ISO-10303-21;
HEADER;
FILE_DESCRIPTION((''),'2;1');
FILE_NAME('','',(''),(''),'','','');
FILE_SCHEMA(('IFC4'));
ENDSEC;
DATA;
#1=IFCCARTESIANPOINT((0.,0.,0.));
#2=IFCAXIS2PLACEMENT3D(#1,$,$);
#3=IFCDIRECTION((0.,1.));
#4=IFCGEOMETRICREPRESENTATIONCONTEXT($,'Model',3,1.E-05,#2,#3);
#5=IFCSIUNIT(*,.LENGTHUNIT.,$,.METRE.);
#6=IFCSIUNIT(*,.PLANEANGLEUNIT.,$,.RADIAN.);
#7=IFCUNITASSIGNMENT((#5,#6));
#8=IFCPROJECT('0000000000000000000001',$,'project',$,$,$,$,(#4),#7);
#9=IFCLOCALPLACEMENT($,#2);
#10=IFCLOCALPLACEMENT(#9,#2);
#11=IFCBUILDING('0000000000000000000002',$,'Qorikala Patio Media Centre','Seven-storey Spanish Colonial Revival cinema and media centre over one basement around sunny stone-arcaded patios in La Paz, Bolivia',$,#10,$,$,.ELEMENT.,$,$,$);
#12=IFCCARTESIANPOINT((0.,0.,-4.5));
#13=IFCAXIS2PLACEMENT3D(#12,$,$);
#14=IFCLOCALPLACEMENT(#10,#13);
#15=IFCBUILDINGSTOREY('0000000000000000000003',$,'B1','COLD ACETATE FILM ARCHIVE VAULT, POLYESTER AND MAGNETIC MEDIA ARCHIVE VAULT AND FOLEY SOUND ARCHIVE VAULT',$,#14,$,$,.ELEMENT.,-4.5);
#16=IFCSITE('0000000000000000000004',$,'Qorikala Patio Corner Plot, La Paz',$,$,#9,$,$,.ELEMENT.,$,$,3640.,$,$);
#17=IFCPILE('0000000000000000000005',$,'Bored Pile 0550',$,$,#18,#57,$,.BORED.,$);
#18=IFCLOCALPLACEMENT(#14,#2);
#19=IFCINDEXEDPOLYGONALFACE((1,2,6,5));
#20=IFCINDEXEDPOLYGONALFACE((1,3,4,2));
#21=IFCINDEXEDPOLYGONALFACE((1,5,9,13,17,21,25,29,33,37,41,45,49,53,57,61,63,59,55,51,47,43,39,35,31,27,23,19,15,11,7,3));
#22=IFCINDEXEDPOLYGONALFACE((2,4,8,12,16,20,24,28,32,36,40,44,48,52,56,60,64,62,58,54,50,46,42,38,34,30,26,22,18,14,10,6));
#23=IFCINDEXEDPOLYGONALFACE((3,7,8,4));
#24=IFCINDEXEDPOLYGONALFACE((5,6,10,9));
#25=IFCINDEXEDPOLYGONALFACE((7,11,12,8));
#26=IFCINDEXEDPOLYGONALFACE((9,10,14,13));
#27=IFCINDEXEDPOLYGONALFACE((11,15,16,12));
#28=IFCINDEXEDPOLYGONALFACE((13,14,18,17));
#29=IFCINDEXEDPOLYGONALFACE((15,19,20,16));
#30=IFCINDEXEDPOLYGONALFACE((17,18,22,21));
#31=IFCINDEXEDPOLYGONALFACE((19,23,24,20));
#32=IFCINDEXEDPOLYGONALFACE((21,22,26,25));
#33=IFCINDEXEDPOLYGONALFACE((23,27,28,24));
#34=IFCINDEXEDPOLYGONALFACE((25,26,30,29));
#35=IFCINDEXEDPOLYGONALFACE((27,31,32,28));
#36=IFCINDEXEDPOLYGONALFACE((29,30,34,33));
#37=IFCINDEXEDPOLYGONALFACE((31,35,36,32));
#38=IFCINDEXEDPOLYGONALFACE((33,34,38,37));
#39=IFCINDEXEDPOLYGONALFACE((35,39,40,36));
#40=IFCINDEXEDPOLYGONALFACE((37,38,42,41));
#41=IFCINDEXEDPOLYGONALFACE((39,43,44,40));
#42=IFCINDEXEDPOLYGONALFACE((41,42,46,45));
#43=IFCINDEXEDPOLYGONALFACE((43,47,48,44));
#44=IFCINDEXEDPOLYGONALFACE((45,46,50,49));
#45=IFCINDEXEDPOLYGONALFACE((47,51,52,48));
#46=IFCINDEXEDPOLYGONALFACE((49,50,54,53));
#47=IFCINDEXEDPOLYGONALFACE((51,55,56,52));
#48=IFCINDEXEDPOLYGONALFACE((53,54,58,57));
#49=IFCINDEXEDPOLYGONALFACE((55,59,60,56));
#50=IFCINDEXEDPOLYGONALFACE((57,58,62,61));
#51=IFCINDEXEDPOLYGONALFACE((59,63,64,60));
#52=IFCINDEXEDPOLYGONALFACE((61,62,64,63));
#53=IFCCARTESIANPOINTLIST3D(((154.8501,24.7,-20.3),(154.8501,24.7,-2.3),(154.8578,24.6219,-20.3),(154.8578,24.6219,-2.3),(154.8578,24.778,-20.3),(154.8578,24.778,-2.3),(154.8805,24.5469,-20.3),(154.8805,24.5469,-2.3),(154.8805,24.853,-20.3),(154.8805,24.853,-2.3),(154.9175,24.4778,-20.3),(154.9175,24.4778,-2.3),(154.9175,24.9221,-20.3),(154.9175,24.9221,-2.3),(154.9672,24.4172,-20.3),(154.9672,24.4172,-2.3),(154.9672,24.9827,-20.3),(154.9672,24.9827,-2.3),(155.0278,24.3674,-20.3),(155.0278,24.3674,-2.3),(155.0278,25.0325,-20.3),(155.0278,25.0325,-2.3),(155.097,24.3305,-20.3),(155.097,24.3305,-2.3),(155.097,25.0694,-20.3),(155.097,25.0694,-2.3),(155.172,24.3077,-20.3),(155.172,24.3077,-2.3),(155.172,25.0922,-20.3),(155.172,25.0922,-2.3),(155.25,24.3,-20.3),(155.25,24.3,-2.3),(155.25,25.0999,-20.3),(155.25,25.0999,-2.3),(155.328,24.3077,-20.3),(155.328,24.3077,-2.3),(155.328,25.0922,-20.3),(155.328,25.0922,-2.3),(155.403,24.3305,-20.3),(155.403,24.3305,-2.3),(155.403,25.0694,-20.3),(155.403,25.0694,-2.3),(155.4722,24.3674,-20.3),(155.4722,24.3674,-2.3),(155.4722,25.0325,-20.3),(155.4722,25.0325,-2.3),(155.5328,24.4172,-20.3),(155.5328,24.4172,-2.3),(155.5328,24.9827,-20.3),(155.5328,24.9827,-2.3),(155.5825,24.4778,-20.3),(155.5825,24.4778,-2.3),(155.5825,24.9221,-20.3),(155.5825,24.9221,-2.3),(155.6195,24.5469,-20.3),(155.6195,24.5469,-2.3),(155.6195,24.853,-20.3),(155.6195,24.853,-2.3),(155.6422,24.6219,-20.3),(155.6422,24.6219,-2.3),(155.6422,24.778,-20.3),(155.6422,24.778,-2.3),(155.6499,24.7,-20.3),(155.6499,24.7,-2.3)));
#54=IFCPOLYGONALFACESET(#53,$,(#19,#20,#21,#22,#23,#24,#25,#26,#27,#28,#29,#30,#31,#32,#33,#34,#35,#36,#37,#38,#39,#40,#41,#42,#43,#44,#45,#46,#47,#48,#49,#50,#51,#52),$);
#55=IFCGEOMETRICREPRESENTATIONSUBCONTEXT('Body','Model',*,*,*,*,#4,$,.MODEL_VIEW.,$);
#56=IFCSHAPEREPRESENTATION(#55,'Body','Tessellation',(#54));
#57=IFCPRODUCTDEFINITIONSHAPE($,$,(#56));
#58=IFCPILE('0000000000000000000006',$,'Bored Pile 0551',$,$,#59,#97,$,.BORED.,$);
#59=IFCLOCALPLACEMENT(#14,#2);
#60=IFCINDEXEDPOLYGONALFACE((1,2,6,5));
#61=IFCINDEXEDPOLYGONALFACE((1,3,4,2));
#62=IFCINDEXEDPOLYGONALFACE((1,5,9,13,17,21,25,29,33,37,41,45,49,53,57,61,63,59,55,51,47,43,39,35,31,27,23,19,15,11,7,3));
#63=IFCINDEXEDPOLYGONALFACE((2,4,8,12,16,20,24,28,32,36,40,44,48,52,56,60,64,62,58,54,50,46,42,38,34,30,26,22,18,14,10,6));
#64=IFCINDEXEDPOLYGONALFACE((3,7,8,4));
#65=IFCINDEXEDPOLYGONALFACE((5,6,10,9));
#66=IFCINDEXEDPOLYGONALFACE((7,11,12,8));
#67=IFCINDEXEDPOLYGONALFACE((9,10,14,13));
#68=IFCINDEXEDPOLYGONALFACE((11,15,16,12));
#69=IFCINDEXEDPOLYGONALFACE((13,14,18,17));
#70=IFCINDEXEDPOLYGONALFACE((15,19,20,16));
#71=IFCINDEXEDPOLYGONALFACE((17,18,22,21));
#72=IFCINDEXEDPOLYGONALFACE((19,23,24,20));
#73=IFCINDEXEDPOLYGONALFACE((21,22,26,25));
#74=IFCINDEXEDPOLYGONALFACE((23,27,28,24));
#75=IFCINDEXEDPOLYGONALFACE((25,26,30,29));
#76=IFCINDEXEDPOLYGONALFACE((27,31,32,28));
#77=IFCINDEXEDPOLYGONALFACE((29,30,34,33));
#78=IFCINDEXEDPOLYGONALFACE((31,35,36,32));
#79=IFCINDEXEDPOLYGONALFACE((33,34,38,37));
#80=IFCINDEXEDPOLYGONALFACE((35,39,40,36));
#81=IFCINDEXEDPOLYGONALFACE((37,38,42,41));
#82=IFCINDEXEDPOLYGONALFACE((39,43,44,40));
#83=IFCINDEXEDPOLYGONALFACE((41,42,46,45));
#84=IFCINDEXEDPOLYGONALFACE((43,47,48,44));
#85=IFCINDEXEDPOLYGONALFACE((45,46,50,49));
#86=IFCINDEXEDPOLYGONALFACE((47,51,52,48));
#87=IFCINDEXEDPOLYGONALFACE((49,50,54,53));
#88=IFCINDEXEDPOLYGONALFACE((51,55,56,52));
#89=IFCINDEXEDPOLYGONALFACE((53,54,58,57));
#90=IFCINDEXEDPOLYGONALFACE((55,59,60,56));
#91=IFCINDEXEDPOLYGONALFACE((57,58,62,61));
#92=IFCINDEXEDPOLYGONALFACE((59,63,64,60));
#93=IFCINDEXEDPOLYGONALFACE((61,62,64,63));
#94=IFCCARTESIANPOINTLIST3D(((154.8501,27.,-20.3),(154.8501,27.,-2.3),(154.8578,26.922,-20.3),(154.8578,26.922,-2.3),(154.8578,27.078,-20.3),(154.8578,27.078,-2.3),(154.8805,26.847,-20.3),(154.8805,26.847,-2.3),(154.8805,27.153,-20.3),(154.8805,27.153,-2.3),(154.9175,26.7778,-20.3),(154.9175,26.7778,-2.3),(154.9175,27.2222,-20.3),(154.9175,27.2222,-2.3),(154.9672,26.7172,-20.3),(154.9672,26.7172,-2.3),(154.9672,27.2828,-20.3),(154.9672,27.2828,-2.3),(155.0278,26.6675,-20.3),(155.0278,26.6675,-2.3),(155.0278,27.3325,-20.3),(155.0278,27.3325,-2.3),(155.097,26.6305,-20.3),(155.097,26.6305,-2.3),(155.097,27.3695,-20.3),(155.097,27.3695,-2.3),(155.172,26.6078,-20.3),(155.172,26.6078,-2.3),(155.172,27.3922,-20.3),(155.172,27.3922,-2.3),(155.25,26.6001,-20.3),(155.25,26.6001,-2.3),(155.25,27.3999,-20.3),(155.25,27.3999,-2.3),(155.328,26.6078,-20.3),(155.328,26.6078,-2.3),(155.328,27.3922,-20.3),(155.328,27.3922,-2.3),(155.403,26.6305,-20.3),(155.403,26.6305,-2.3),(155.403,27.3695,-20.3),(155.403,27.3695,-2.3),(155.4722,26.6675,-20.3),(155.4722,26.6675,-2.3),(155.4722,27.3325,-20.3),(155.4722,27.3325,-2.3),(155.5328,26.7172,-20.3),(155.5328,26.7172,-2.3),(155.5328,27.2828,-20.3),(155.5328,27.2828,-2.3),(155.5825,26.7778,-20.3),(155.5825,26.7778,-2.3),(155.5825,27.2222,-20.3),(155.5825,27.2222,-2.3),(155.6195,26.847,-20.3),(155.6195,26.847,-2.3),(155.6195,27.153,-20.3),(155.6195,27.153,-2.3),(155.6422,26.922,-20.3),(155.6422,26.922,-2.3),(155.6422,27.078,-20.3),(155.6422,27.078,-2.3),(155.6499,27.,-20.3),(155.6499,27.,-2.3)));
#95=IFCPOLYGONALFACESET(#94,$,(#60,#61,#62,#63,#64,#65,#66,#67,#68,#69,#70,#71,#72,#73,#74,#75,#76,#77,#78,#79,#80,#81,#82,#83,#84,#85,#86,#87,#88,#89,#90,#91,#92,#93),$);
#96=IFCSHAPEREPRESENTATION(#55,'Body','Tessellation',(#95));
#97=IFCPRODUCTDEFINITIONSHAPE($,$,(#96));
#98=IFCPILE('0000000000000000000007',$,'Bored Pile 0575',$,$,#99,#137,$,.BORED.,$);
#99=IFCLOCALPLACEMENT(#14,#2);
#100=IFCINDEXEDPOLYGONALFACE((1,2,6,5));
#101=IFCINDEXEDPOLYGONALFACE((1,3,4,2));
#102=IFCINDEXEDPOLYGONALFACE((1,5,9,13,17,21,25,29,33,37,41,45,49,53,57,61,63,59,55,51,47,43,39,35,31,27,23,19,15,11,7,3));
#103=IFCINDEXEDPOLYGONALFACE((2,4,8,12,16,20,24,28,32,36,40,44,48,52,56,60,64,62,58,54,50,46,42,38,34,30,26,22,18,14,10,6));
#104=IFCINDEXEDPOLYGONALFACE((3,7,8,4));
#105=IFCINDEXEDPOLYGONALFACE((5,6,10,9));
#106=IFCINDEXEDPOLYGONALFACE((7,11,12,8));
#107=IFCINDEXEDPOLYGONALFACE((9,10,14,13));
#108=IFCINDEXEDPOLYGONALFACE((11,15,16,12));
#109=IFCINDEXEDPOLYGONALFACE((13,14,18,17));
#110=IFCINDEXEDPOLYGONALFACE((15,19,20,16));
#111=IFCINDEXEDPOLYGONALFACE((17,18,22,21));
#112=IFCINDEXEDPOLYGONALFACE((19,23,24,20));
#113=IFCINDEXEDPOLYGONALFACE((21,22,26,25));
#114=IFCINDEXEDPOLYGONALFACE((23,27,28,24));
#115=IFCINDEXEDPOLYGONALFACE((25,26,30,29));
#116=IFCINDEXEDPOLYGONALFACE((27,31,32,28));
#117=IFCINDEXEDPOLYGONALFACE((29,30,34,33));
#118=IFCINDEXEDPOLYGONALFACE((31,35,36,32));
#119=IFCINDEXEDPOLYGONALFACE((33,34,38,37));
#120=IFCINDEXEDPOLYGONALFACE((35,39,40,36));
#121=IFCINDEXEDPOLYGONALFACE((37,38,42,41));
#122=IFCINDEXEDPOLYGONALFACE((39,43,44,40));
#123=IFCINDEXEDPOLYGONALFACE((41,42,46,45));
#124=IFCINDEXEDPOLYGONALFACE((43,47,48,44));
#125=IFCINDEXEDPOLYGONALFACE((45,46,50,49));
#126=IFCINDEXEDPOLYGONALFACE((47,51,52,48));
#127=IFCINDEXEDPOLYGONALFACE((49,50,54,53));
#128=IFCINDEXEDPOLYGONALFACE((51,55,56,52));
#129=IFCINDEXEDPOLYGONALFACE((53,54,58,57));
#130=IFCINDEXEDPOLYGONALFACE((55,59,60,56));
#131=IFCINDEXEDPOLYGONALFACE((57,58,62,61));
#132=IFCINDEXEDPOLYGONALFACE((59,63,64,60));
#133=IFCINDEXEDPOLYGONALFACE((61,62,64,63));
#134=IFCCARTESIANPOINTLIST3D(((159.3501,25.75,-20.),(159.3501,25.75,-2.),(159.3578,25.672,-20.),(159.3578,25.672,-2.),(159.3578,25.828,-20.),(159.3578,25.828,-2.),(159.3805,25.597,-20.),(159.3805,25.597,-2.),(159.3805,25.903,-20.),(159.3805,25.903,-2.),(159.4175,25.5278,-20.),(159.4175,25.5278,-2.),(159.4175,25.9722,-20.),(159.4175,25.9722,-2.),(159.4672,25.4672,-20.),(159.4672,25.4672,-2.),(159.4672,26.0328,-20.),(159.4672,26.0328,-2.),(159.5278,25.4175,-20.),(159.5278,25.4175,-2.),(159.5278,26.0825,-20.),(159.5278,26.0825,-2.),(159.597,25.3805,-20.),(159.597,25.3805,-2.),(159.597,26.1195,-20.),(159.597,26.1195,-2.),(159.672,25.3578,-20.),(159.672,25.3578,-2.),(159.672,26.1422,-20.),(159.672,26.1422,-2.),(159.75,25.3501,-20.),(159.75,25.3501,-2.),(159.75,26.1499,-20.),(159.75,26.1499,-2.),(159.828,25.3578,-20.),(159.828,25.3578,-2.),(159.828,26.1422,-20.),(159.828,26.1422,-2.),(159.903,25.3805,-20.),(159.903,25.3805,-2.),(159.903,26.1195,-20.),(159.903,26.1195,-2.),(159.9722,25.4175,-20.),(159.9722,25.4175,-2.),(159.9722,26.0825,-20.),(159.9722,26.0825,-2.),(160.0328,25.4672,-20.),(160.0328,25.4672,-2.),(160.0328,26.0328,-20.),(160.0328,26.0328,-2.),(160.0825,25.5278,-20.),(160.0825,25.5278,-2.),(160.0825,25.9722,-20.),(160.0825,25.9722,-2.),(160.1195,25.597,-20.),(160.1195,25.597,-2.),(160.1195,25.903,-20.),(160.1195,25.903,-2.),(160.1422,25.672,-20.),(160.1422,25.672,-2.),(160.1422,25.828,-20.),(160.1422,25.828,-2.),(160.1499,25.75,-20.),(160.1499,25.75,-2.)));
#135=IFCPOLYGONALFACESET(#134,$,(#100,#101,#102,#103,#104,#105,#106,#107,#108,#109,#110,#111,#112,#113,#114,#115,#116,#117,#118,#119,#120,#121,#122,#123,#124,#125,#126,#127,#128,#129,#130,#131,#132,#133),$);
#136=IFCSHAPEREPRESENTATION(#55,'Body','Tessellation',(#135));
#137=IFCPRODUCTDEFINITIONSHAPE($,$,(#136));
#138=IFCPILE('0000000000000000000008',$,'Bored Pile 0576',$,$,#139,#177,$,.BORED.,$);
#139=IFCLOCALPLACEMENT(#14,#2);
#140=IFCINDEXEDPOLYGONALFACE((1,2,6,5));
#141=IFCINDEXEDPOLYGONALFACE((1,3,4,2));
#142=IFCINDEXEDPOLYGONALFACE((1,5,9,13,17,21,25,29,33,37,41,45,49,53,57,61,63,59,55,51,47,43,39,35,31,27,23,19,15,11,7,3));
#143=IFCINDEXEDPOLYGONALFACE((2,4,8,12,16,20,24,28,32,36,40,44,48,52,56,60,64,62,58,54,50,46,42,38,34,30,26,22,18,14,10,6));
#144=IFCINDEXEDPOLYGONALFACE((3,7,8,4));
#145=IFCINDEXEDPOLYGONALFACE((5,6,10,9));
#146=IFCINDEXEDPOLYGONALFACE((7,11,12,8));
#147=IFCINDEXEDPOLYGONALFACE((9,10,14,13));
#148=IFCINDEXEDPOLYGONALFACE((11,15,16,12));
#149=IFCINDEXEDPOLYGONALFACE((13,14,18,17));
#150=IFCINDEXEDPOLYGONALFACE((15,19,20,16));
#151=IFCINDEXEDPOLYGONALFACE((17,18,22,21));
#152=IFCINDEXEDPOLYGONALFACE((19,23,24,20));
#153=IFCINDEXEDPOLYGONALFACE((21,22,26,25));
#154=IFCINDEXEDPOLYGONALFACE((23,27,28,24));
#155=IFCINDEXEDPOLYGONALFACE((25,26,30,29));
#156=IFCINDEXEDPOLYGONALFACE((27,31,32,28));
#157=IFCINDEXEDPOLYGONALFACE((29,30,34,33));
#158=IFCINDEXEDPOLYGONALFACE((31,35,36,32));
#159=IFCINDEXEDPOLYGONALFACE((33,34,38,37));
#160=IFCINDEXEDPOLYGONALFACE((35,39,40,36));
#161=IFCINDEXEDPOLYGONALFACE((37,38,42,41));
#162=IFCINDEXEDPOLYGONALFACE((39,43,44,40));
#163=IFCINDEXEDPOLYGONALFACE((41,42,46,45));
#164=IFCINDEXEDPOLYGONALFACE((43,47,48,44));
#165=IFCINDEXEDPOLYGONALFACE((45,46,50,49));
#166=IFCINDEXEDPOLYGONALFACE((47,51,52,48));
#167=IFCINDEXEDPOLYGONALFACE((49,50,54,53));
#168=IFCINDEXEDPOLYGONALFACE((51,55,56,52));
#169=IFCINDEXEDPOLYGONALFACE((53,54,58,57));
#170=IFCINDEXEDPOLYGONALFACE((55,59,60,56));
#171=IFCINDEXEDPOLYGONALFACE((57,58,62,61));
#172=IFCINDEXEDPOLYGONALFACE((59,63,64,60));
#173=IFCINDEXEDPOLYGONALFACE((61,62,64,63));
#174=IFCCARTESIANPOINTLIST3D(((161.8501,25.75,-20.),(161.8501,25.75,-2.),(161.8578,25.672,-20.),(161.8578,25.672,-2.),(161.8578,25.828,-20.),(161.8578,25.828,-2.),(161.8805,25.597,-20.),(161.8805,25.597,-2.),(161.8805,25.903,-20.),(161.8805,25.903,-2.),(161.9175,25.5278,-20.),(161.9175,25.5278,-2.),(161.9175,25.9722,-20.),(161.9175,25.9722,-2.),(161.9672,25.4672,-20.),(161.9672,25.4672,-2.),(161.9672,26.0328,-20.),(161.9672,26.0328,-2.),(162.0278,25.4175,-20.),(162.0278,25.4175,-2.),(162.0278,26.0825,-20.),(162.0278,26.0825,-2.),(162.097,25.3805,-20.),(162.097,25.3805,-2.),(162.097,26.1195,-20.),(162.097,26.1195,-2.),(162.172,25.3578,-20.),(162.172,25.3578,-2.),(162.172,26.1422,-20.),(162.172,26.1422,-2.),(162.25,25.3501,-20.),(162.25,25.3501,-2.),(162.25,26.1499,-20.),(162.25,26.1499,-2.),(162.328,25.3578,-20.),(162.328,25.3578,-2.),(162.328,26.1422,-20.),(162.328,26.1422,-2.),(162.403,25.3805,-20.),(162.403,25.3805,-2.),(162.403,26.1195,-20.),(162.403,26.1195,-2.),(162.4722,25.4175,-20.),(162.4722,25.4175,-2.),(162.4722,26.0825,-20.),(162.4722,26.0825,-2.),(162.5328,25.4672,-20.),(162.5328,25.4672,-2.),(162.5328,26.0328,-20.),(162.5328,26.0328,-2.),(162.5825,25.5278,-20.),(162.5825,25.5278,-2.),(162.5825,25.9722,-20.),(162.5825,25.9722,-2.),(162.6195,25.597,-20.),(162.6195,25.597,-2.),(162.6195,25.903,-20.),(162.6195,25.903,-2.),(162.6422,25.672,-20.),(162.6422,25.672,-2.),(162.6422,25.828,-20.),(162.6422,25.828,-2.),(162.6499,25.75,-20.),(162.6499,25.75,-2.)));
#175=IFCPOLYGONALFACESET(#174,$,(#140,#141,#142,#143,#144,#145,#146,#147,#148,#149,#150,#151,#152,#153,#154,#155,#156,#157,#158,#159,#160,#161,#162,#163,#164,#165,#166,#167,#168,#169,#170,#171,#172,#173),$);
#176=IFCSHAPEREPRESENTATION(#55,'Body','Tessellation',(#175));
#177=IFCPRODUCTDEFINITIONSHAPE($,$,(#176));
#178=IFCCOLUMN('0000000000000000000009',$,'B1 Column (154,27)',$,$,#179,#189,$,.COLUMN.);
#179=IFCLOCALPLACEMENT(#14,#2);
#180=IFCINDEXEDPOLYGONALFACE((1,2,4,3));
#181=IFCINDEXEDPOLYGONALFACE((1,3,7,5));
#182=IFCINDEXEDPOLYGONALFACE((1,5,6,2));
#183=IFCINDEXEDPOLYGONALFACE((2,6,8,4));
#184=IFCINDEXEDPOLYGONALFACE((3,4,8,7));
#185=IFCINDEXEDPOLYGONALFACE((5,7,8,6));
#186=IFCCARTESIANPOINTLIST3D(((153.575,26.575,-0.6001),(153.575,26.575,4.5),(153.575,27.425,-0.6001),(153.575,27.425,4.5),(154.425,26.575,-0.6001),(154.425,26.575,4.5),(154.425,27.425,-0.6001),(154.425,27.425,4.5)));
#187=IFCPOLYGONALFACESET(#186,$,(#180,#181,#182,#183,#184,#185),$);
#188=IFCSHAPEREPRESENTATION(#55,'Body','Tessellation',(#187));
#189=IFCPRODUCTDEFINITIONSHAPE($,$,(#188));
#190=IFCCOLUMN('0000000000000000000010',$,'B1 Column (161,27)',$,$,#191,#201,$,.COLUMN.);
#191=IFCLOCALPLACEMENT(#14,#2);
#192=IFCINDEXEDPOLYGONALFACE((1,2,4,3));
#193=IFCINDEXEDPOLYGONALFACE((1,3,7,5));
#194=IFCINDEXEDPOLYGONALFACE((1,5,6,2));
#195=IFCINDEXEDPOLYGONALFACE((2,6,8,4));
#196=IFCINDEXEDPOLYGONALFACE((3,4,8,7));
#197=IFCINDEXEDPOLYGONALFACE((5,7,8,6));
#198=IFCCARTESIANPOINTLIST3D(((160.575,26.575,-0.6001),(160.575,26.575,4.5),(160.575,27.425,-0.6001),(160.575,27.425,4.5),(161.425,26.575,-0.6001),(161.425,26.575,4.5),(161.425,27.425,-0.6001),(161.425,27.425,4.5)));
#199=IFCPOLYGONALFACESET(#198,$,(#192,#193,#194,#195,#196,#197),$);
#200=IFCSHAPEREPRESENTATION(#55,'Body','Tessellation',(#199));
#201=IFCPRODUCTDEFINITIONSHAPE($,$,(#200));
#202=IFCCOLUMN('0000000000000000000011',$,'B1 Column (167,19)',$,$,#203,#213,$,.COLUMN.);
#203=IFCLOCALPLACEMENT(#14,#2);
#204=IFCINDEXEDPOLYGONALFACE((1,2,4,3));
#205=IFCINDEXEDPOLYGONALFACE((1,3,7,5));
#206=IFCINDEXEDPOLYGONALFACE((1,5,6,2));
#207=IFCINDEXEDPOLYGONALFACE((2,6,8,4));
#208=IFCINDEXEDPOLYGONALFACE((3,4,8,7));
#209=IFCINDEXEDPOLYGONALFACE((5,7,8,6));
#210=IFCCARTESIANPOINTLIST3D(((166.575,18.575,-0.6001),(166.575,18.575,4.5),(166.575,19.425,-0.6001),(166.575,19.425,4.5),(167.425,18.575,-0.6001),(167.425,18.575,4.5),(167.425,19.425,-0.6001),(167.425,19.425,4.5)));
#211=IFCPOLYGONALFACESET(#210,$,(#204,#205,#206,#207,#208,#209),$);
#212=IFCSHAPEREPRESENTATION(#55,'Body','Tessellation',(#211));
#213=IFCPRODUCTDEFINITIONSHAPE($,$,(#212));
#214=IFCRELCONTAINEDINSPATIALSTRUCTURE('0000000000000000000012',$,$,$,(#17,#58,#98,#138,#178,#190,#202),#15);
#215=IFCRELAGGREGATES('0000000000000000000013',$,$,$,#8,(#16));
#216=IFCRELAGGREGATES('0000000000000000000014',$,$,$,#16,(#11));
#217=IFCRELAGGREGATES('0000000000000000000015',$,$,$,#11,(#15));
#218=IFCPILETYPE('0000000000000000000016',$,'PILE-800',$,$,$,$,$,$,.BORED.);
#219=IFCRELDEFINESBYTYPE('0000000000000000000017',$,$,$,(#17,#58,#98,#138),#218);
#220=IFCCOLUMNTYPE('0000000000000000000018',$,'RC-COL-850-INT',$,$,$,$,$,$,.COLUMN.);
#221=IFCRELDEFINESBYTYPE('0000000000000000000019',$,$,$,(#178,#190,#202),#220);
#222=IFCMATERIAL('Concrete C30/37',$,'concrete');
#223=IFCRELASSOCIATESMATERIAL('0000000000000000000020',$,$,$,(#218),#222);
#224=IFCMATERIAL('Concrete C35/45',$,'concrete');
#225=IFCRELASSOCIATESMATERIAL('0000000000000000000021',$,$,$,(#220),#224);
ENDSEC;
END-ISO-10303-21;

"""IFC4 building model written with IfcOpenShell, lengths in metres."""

from ifc_helpers import new_model, si_unit, direction, frame, origin, origin_2d, place, context, subcontext, project, spatial, rectangle, circle, extrude, material, material_profile, profile_set, type_object, element, save


model = new_model("IFC4")

# Units and contexts
model_context = context("Model", 3, precision=1e-05, world=origin(), true_north=direction((0.0, 1.0)))
body_context = subcontext(model_context, "Body", "Model", "MODEL_VIEW")
ifc_project = project(units=[si_unit("LENGTHUNIT", "METRE"), si_unit("PLANEANGLEUNIT", "RADIAN")], contexts=[model_context])

# Site, building, storey
site_placement = place(None, origin())
site = spatial("IfcSite", under=ifc_project, at=site_placement, Name="Qorikala Patio Corner Plot, La Paz", CompositionType="ELEMENT", RefElevation=3640.0)
building_placement = place(site_placement, origin())
building = spatial("IfcBuilding", under=site, at=building_placement, Name="Qorikala Patio Media Centre", Description="Seven-storey Spanish Colonial Revival cinema and media centre over one basement around sunny stone-arcaded patios in La Paz, Bolivia", CompositionType="ELEMENT")
storey_placement = place(building_placement, frame((0.0, 0.0, -4.5)))
storey = spatial("IfcBuildingStorey", under=building, at=storey_placement, Name="B1", Description="COLD ACETATE FILM ARCHIVE VAULT, POLYESTER AND MAGNETIC MEDIA ARCHIVE VAULT AND FOLEY SOUND ARCHIVE VAULT", CompositionType="ELEMENT", Elevation=-4.5)

# Shared definitions
ifc_material_1 = material(Name="Concrete C30/37", Category="concrete")

# Piles
ifc_material_profile_1 = material_profile(ifc_material_1, circle(Radius=0.3999, at=origin_2d()), Name="BORED PILE 800")
ifc_profile_set_1 = profile_set([ifc_material_profile_1], Name="Concrete C30/37")
pile_type_1 = type_object("IfcPileType", Name="PILE-800", PredefinedType="BORED", material=ifc_profile_set_1)
for number, where, z_axis, x_axis, name in (
    (1, (155.25, 24.7, -2.3), (0.0, 0.0, -1.0), (1.0, 0.0, 0.0), "Bored Pile 0550"),
    (2, (155.25, 27.0, -2.3), (0.0, 0.0, -1.0), (1.0, 0.0, 0.0), "Bored Pile 0551"),
    (3, (159.75, 25.75, -2.0), (0.0, 0.0, -1.0), (1.0, 0.0, 0.0), "Bored Pile 0575"),
    (4, (162.25, 25.75, -2.0), (0.0, 0.0, -1.0), (1.0, 0.0, 0.0), "Bored Pile 0576"),
):
    element("IfcPile", number, at=place(storey_placement, frame(where, z_axis=z_axis, x_axis=x_axis)), inside=storey, type_object=pile_type_1, Name=name, PredefinedType="BORED", context=body_context, shape_type="SweptSolid", body=[
        extrude(circle(Radius=0.3999, at=origin_2d()), origin(), (0.0, 0.0, 1.0), 18.0),
    ])

# Columns
ifc_material_2 = material(Name="Concrete C35/45", Category="concrete")
ifc_material_profile_2 = material_profile(ifc_material_2, rectangle(XDim=0.8501, YDim=0.8501, at=origin_2d()), Name="RC 850x850")
ifc_profile_set_2 = profile_set([ifc_material_profile_2], Name="Concrete C35/45")
column_type = type_object("IfcColumnType", Name="RC-COL-850-INT", PredefinedType="COLUMN", material=ifc_profile_set_2)
for number, where, z_axis, x_axis, name in (
    (5, (154.0, 27.0, -0.6001), (0.0, 0.0, 1.0), (1.0, 0.0, 0.0), "B1 Column (154,27)"),
    (6, (161.0, 27.0, -0.6001), (0.0, 0.0, 1.0), (1.0, 0.0, 0.0), "B1 Column (161,27)"),
    (7, (167.0, 19.0, -0.6001), (0.0, 0.0, 1.0), (1.0, 0.0, 0.0), "B1 Column (167,19)"),
):
    element("IfcColumn", number, at=place(storey_placement, frame(where, z_axis=z_axis, x_axis=x_axis)), inside=storey, type_object=column_type, Name=name, PredefinedType="COLUMN", context=body_context, shape_type="SweptSolid", body=[
        extrude(rectangle(XDim=0.8501, YDim=0.8501, at=origin_2d()), origin(), (0.0, 0.0, 1.0), 5.1001),
    ])

save(model, "model.ifc")
